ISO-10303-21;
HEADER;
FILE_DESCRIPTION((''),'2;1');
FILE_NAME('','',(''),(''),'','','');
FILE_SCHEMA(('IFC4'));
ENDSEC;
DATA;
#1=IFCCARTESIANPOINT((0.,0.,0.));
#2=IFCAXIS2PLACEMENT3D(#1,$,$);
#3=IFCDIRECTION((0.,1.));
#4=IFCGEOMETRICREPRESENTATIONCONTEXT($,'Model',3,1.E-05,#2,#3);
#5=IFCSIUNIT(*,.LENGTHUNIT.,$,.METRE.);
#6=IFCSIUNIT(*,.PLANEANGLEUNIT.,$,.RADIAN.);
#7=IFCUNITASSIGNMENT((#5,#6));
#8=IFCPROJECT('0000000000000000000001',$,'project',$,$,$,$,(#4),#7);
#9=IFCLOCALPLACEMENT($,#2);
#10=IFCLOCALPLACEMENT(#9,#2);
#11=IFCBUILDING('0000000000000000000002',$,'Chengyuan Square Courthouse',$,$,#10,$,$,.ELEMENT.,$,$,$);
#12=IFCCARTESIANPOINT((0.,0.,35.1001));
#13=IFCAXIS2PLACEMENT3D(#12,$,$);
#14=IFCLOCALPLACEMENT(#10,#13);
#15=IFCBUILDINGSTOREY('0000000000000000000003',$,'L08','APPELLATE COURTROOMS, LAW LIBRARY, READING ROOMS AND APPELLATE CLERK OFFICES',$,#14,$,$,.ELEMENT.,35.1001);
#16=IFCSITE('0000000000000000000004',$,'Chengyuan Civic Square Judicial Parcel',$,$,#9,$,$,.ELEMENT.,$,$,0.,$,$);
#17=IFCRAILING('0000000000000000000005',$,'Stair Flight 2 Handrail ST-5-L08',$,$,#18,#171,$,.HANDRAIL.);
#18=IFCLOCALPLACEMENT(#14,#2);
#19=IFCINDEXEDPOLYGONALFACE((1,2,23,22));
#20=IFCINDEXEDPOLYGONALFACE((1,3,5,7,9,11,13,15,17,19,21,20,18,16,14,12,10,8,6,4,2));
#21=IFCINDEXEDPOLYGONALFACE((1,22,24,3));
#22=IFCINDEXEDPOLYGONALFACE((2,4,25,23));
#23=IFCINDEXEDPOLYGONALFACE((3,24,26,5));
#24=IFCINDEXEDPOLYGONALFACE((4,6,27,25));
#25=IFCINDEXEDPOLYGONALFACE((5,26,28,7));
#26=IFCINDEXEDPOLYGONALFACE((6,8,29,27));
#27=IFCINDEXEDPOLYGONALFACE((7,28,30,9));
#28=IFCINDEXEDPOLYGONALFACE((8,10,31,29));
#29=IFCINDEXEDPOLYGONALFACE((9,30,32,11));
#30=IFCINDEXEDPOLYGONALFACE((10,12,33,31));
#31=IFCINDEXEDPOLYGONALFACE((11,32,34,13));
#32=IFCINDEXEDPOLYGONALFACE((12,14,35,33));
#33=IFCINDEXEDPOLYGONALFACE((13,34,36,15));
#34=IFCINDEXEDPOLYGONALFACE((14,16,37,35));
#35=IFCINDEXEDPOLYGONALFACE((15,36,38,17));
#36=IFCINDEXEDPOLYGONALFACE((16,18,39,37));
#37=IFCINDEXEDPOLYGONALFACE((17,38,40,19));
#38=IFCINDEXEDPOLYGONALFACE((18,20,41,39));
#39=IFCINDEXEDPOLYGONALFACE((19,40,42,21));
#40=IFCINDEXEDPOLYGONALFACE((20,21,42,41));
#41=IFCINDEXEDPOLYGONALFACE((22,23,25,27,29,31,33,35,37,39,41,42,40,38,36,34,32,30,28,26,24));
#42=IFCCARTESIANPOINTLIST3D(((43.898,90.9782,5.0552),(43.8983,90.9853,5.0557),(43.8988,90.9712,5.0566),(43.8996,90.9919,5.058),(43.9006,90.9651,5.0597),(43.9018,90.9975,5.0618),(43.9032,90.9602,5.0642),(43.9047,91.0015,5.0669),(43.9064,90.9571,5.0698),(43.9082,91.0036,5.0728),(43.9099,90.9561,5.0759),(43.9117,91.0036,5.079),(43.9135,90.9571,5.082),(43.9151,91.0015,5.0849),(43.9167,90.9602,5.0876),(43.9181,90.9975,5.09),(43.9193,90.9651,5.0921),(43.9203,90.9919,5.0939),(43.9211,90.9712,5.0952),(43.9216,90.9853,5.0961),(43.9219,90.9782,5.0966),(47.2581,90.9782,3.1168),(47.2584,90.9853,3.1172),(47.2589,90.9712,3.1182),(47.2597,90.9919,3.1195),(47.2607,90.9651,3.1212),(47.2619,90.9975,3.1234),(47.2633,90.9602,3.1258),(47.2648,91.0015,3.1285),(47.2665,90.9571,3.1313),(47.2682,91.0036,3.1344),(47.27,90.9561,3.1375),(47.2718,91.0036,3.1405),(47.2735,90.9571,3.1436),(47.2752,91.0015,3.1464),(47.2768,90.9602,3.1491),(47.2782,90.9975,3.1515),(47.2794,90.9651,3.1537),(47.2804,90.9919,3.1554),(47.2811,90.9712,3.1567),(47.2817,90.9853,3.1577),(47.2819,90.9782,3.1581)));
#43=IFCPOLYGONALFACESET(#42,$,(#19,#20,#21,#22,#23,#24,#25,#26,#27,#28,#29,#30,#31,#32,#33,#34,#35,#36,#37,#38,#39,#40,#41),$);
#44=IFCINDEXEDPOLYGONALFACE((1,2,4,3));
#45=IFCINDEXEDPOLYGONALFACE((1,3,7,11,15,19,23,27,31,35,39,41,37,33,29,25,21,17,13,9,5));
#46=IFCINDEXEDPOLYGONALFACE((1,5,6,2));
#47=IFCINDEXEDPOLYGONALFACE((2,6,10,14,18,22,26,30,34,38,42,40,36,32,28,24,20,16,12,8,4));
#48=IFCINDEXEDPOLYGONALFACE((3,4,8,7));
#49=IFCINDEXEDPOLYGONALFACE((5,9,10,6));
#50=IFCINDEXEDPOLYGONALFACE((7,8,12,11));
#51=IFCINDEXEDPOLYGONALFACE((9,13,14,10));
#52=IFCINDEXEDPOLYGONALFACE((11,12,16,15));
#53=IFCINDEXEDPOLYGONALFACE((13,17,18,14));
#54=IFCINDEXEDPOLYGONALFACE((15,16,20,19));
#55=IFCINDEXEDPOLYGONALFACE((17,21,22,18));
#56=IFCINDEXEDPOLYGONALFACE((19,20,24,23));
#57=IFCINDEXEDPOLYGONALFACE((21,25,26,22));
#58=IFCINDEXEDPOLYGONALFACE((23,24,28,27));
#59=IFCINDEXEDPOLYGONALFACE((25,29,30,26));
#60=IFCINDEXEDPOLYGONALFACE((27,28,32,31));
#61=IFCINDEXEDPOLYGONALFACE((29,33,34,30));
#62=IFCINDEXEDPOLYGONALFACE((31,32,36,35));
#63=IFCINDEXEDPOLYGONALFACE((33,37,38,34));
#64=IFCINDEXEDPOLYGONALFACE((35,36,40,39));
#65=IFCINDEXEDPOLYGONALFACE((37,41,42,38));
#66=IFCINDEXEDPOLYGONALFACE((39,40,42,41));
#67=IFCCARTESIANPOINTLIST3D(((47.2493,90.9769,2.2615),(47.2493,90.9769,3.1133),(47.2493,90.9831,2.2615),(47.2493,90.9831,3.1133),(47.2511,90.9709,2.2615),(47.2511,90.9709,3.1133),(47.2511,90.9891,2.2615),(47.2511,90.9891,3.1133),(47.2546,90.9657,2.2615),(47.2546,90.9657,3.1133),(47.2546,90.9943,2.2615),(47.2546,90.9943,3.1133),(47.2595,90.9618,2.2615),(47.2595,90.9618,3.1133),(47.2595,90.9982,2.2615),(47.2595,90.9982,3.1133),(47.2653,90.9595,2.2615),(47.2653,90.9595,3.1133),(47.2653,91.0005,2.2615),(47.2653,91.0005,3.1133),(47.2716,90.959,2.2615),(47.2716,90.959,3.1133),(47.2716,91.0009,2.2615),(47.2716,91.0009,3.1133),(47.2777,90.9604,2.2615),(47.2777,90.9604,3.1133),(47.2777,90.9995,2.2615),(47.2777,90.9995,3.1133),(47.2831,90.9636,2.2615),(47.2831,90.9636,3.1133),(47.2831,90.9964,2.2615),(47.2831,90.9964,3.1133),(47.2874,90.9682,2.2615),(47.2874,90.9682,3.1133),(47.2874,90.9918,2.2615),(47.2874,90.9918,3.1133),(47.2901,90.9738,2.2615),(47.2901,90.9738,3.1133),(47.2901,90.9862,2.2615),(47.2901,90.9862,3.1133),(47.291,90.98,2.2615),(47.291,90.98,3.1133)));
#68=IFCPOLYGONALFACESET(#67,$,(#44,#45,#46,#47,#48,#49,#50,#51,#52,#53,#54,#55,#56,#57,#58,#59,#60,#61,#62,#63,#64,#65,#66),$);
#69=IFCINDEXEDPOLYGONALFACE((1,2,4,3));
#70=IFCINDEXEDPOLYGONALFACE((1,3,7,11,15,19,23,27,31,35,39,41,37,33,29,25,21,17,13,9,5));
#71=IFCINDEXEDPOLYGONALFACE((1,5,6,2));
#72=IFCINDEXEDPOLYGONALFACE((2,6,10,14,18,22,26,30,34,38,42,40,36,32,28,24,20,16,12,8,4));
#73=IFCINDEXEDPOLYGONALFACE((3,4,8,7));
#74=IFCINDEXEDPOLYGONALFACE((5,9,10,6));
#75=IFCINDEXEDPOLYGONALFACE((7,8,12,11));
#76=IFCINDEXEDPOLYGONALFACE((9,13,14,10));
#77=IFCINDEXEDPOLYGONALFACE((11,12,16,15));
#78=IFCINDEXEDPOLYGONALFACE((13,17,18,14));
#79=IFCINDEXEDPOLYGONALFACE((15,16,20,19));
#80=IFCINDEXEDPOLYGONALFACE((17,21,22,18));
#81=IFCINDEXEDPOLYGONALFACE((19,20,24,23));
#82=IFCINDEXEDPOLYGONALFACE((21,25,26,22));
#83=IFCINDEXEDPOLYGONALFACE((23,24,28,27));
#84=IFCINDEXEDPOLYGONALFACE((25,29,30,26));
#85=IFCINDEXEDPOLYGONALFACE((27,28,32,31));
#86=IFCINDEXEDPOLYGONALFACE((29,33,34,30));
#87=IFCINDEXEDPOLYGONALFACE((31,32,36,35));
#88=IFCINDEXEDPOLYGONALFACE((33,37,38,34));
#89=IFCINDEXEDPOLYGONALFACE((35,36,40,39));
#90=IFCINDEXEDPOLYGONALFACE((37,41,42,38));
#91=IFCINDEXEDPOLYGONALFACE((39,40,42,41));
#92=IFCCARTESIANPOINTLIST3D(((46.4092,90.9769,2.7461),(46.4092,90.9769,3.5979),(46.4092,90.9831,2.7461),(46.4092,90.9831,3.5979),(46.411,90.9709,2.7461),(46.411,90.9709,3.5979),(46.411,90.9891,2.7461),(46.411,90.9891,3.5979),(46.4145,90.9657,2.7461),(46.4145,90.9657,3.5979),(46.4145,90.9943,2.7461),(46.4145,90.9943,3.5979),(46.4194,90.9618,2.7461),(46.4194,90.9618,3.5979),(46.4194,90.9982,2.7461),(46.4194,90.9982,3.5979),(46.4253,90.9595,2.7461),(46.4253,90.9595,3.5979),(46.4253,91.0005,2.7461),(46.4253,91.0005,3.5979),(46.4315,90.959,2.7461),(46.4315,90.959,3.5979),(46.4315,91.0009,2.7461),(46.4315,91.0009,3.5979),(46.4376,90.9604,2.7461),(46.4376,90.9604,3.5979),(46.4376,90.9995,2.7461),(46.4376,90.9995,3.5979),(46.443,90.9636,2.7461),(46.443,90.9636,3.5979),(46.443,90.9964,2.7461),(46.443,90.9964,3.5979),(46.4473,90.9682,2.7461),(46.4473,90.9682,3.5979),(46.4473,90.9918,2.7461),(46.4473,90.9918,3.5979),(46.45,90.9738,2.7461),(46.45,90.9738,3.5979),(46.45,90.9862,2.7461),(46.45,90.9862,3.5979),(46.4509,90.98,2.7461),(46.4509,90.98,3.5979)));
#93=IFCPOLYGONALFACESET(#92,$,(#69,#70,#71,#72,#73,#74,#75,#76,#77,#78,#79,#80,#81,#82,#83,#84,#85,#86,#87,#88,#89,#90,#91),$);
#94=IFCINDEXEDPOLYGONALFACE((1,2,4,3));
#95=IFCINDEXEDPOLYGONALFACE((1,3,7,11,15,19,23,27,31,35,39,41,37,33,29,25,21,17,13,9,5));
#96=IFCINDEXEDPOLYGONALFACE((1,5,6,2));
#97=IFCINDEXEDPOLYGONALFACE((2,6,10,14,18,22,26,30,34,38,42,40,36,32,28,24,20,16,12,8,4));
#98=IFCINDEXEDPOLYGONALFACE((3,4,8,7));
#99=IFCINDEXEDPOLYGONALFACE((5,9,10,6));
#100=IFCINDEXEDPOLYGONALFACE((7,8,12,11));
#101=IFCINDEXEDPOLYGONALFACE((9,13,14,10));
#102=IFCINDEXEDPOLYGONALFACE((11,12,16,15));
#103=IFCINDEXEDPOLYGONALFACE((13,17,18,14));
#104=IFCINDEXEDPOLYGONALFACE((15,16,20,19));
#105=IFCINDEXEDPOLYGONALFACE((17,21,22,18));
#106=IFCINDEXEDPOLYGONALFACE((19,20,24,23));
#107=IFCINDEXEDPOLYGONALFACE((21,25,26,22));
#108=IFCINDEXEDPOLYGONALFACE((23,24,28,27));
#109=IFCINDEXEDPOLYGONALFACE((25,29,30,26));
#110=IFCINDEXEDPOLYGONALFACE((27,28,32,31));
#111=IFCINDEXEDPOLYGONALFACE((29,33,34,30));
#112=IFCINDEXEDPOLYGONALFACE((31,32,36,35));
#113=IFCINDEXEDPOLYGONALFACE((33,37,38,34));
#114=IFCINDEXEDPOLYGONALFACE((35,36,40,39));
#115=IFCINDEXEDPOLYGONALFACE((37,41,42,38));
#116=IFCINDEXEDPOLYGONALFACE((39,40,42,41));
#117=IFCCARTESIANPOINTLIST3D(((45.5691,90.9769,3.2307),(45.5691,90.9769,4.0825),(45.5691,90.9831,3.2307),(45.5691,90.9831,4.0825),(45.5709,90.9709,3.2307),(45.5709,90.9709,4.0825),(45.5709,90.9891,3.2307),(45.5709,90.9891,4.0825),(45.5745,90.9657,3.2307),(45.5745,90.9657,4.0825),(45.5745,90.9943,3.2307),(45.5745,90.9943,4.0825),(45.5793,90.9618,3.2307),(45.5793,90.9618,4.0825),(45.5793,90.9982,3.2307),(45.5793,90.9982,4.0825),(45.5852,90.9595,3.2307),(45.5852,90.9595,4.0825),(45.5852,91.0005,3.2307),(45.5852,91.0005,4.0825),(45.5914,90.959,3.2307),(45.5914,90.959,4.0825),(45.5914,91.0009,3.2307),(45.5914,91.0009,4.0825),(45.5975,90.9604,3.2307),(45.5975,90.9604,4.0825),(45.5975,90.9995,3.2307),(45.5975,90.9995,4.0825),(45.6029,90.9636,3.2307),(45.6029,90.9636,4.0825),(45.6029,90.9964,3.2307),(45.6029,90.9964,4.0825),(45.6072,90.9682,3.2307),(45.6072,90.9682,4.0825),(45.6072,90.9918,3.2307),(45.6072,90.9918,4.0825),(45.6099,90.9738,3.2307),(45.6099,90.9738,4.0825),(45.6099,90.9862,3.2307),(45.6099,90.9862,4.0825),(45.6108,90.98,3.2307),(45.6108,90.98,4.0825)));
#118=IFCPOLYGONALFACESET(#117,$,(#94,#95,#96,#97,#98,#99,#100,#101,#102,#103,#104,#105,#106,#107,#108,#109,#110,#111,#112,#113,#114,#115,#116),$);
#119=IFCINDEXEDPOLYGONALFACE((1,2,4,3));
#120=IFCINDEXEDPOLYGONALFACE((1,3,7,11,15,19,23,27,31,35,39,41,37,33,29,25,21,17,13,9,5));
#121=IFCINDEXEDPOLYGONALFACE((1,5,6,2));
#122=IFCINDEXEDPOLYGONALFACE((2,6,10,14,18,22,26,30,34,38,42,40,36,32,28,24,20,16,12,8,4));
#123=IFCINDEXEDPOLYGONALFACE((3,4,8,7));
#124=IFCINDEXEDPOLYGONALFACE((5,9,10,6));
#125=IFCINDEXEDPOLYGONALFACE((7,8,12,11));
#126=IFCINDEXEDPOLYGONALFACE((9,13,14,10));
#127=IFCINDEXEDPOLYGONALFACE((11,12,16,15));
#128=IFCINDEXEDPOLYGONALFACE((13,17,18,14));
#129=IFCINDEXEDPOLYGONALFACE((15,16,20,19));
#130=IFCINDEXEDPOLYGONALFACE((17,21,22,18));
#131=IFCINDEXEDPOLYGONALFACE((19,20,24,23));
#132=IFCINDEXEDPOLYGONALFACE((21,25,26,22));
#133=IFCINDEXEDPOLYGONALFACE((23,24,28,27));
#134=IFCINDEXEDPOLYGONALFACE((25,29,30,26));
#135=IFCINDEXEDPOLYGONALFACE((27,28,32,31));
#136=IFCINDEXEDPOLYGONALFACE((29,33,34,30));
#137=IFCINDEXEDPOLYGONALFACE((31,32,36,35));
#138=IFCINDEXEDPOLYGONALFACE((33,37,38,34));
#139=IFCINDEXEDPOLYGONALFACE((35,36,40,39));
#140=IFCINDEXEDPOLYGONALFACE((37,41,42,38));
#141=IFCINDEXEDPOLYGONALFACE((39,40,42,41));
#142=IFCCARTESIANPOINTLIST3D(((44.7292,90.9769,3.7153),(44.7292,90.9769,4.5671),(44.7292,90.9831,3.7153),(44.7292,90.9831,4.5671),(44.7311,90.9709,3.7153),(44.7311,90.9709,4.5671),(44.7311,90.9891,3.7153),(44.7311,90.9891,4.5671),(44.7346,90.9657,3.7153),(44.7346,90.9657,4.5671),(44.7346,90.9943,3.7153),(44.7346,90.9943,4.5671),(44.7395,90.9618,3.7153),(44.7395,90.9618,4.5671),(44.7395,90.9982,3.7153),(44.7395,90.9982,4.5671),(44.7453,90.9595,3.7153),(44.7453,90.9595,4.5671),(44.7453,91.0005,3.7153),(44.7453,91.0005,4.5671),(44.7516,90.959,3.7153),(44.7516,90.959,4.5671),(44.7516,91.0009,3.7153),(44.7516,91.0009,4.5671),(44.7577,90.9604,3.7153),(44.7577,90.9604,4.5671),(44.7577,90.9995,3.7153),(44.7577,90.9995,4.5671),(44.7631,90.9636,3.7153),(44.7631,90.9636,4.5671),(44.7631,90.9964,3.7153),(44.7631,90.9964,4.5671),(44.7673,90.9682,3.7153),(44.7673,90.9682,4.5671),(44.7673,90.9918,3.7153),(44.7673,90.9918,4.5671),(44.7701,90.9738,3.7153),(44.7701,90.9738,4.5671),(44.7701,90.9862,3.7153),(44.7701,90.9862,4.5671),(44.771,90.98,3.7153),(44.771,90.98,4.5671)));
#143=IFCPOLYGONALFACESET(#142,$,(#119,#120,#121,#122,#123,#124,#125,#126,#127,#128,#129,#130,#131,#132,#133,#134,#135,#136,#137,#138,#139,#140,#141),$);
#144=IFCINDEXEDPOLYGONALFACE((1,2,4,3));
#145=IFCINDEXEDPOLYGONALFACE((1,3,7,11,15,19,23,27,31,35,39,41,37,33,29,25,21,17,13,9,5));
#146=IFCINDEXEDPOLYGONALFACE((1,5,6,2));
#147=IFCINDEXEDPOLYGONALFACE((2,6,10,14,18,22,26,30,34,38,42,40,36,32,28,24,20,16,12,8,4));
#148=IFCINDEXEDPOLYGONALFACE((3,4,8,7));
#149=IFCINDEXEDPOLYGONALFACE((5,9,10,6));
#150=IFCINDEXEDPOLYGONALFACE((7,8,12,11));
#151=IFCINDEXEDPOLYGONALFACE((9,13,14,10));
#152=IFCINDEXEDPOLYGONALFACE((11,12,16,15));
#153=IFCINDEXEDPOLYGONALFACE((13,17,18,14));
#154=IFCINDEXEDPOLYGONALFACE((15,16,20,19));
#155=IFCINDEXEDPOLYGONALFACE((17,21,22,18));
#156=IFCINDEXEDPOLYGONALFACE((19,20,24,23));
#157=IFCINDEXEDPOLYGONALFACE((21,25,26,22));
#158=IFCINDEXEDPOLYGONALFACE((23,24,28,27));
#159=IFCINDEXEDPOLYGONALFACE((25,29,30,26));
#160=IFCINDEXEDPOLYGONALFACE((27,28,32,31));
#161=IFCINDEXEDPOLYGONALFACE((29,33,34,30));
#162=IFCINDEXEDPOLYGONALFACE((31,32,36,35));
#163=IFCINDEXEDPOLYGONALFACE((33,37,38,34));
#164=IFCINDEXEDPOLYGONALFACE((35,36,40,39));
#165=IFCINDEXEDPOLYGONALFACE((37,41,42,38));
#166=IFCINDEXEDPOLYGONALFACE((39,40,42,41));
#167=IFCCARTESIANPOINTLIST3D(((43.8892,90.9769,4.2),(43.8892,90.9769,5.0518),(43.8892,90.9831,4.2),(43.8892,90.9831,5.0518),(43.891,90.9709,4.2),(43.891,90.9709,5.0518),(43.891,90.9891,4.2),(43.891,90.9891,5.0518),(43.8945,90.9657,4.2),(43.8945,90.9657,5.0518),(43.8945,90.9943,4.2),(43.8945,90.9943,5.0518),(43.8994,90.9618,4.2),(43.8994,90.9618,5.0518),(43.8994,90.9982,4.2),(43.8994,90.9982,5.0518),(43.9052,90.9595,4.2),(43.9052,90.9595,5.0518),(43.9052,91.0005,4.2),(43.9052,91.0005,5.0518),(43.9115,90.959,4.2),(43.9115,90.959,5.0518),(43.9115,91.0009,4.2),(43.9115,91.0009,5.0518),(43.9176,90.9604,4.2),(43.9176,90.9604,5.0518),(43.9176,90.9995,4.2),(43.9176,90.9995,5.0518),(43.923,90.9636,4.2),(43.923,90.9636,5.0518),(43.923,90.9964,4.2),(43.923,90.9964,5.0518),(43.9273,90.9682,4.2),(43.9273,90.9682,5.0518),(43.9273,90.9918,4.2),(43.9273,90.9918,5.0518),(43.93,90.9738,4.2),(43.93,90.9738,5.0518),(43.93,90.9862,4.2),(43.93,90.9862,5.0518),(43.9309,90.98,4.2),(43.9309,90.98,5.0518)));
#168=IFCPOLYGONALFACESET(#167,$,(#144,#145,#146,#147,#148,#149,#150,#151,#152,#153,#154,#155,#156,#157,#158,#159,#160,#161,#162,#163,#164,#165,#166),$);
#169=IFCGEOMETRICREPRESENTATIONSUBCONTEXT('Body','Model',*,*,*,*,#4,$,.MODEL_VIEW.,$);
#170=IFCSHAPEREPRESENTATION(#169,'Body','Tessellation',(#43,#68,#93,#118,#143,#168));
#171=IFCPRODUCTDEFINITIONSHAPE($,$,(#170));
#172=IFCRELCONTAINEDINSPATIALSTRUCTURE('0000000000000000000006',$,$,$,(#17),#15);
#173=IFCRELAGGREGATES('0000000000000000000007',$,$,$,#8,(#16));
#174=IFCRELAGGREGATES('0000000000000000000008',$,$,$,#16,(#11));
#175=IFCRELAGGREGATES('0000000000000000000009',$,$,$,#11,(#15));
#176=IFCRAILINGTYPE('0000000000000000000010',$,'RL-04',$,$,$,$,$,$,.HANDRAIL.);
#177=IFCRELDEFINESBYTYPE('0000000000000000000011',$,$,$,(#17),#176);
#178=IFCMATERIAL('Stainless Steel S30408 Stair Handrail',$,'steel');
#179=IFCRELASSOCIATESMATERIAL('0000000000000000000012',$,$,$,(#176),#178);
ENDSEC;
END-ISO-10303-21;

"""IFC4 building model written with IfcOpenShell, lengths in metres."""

from ifc_helpers import new_model, si_unit, direction, frame, origin, origin_2d, place, context, subcontext, project, spatial, circle, extrude, material, type_object, element, save


model = new_model("IFC4")

# Units and contexts
model_context = context("Model", 3, precision=1e-05, world=origin(), true_north=direction((0.0, 1.0)))
body_context = subcontext(model_context, "Body", "Model", "MODEL_VIEW")
ifc_project = project(units=[si_unit("LENGTHUNIT", "METRE"), si_unit("PLANEANGLEUNIT", "RADIAN")], contexts=[model_context])

# Site, building, storey
site_placement = place(None, origin())
site = spatial("IfcSite", under=ifc_project, at=site_placement, Name="Chengyuan Civic Square Judicial Parcel", CompositionType="ELEMENT", RefElevation=0.0)
building_placement = place(site_placement, origin())
building = spatial("IfcBuilding", under=site, at=building_placement, Name="Chengyuan Square Courthouse", CompositionType="ELEMENT")
storey_placement = place(building_placement, frame((0.0, 0.0, 35.1001)))
storey = spatial("IfcBuildingStorey", under=building, at=storey_placement, Name="L08", Description="APPELLATE COURTROOMS, LAW LIBRARY, READING ROOMS AND APPELLATE CLERK OFFICES", CompositionType="ELEMENT", Elevation=35.1001)

# Railing
ifc_material_1 = material(Name="Stainless Steel S30408 Stair Handrail", Category="steel")
railing_type_1 = type_object("IfcRailingType", Name="RL-04", PredefinedType="HANDRAIL", material=ifc_material_1)
railing_1_placement = place(storey_placement, frame((47.27, 90.98, 2.2615)))
element("IfcRailing", 1, at=railing_1_placement, inside=storey, type_object=railing_type_1, Name="Stair Flight 2 Handrail ST-5-L08", PredefinedType="HANDRAIL", context=body_context, shape_type="SweptSolid", body=[
    extrude(circle(Radius=0.0239, at=origin_2d()), frame((0.0, 0.0, 0.876), z_axis=(-0.866191, 0.0, 0.499713), x_axis=(0.0, -1.0, 0.0)), (0.0, 0.0, 1.0), 3.8792),
    extrude(circle(Radius=0.021, at=origin_2d()), origin(), (0.0, 0.0, 1.0), 0.8518),
    extrude(circle(Radius=0.021, at=origin_2d()), frame((-0.8401, 0.0, 0.4846)), (0.0, 0.0, 1.0), 0.8518),
    extrude(circle(Radius=0.021, at=origin_2d()), frame((-1.6802, 0.0, 0.9692)), (0.0, 0.0, 1.0), 0.8518),
    extrude(circle(Radius=0.021, at=origin_2d()), frame((-2.52, 0.0, 1.4539)), (0.0, 0.0, 1.0), 0.8518),
    extrude(circle(Radius=0.021, at=origin_2d()), frame((-3.3601, 0.0, 1.9385)), (0.0, 0.0, 1.0), 0.8518),
])

save(model, "model.ifc")
